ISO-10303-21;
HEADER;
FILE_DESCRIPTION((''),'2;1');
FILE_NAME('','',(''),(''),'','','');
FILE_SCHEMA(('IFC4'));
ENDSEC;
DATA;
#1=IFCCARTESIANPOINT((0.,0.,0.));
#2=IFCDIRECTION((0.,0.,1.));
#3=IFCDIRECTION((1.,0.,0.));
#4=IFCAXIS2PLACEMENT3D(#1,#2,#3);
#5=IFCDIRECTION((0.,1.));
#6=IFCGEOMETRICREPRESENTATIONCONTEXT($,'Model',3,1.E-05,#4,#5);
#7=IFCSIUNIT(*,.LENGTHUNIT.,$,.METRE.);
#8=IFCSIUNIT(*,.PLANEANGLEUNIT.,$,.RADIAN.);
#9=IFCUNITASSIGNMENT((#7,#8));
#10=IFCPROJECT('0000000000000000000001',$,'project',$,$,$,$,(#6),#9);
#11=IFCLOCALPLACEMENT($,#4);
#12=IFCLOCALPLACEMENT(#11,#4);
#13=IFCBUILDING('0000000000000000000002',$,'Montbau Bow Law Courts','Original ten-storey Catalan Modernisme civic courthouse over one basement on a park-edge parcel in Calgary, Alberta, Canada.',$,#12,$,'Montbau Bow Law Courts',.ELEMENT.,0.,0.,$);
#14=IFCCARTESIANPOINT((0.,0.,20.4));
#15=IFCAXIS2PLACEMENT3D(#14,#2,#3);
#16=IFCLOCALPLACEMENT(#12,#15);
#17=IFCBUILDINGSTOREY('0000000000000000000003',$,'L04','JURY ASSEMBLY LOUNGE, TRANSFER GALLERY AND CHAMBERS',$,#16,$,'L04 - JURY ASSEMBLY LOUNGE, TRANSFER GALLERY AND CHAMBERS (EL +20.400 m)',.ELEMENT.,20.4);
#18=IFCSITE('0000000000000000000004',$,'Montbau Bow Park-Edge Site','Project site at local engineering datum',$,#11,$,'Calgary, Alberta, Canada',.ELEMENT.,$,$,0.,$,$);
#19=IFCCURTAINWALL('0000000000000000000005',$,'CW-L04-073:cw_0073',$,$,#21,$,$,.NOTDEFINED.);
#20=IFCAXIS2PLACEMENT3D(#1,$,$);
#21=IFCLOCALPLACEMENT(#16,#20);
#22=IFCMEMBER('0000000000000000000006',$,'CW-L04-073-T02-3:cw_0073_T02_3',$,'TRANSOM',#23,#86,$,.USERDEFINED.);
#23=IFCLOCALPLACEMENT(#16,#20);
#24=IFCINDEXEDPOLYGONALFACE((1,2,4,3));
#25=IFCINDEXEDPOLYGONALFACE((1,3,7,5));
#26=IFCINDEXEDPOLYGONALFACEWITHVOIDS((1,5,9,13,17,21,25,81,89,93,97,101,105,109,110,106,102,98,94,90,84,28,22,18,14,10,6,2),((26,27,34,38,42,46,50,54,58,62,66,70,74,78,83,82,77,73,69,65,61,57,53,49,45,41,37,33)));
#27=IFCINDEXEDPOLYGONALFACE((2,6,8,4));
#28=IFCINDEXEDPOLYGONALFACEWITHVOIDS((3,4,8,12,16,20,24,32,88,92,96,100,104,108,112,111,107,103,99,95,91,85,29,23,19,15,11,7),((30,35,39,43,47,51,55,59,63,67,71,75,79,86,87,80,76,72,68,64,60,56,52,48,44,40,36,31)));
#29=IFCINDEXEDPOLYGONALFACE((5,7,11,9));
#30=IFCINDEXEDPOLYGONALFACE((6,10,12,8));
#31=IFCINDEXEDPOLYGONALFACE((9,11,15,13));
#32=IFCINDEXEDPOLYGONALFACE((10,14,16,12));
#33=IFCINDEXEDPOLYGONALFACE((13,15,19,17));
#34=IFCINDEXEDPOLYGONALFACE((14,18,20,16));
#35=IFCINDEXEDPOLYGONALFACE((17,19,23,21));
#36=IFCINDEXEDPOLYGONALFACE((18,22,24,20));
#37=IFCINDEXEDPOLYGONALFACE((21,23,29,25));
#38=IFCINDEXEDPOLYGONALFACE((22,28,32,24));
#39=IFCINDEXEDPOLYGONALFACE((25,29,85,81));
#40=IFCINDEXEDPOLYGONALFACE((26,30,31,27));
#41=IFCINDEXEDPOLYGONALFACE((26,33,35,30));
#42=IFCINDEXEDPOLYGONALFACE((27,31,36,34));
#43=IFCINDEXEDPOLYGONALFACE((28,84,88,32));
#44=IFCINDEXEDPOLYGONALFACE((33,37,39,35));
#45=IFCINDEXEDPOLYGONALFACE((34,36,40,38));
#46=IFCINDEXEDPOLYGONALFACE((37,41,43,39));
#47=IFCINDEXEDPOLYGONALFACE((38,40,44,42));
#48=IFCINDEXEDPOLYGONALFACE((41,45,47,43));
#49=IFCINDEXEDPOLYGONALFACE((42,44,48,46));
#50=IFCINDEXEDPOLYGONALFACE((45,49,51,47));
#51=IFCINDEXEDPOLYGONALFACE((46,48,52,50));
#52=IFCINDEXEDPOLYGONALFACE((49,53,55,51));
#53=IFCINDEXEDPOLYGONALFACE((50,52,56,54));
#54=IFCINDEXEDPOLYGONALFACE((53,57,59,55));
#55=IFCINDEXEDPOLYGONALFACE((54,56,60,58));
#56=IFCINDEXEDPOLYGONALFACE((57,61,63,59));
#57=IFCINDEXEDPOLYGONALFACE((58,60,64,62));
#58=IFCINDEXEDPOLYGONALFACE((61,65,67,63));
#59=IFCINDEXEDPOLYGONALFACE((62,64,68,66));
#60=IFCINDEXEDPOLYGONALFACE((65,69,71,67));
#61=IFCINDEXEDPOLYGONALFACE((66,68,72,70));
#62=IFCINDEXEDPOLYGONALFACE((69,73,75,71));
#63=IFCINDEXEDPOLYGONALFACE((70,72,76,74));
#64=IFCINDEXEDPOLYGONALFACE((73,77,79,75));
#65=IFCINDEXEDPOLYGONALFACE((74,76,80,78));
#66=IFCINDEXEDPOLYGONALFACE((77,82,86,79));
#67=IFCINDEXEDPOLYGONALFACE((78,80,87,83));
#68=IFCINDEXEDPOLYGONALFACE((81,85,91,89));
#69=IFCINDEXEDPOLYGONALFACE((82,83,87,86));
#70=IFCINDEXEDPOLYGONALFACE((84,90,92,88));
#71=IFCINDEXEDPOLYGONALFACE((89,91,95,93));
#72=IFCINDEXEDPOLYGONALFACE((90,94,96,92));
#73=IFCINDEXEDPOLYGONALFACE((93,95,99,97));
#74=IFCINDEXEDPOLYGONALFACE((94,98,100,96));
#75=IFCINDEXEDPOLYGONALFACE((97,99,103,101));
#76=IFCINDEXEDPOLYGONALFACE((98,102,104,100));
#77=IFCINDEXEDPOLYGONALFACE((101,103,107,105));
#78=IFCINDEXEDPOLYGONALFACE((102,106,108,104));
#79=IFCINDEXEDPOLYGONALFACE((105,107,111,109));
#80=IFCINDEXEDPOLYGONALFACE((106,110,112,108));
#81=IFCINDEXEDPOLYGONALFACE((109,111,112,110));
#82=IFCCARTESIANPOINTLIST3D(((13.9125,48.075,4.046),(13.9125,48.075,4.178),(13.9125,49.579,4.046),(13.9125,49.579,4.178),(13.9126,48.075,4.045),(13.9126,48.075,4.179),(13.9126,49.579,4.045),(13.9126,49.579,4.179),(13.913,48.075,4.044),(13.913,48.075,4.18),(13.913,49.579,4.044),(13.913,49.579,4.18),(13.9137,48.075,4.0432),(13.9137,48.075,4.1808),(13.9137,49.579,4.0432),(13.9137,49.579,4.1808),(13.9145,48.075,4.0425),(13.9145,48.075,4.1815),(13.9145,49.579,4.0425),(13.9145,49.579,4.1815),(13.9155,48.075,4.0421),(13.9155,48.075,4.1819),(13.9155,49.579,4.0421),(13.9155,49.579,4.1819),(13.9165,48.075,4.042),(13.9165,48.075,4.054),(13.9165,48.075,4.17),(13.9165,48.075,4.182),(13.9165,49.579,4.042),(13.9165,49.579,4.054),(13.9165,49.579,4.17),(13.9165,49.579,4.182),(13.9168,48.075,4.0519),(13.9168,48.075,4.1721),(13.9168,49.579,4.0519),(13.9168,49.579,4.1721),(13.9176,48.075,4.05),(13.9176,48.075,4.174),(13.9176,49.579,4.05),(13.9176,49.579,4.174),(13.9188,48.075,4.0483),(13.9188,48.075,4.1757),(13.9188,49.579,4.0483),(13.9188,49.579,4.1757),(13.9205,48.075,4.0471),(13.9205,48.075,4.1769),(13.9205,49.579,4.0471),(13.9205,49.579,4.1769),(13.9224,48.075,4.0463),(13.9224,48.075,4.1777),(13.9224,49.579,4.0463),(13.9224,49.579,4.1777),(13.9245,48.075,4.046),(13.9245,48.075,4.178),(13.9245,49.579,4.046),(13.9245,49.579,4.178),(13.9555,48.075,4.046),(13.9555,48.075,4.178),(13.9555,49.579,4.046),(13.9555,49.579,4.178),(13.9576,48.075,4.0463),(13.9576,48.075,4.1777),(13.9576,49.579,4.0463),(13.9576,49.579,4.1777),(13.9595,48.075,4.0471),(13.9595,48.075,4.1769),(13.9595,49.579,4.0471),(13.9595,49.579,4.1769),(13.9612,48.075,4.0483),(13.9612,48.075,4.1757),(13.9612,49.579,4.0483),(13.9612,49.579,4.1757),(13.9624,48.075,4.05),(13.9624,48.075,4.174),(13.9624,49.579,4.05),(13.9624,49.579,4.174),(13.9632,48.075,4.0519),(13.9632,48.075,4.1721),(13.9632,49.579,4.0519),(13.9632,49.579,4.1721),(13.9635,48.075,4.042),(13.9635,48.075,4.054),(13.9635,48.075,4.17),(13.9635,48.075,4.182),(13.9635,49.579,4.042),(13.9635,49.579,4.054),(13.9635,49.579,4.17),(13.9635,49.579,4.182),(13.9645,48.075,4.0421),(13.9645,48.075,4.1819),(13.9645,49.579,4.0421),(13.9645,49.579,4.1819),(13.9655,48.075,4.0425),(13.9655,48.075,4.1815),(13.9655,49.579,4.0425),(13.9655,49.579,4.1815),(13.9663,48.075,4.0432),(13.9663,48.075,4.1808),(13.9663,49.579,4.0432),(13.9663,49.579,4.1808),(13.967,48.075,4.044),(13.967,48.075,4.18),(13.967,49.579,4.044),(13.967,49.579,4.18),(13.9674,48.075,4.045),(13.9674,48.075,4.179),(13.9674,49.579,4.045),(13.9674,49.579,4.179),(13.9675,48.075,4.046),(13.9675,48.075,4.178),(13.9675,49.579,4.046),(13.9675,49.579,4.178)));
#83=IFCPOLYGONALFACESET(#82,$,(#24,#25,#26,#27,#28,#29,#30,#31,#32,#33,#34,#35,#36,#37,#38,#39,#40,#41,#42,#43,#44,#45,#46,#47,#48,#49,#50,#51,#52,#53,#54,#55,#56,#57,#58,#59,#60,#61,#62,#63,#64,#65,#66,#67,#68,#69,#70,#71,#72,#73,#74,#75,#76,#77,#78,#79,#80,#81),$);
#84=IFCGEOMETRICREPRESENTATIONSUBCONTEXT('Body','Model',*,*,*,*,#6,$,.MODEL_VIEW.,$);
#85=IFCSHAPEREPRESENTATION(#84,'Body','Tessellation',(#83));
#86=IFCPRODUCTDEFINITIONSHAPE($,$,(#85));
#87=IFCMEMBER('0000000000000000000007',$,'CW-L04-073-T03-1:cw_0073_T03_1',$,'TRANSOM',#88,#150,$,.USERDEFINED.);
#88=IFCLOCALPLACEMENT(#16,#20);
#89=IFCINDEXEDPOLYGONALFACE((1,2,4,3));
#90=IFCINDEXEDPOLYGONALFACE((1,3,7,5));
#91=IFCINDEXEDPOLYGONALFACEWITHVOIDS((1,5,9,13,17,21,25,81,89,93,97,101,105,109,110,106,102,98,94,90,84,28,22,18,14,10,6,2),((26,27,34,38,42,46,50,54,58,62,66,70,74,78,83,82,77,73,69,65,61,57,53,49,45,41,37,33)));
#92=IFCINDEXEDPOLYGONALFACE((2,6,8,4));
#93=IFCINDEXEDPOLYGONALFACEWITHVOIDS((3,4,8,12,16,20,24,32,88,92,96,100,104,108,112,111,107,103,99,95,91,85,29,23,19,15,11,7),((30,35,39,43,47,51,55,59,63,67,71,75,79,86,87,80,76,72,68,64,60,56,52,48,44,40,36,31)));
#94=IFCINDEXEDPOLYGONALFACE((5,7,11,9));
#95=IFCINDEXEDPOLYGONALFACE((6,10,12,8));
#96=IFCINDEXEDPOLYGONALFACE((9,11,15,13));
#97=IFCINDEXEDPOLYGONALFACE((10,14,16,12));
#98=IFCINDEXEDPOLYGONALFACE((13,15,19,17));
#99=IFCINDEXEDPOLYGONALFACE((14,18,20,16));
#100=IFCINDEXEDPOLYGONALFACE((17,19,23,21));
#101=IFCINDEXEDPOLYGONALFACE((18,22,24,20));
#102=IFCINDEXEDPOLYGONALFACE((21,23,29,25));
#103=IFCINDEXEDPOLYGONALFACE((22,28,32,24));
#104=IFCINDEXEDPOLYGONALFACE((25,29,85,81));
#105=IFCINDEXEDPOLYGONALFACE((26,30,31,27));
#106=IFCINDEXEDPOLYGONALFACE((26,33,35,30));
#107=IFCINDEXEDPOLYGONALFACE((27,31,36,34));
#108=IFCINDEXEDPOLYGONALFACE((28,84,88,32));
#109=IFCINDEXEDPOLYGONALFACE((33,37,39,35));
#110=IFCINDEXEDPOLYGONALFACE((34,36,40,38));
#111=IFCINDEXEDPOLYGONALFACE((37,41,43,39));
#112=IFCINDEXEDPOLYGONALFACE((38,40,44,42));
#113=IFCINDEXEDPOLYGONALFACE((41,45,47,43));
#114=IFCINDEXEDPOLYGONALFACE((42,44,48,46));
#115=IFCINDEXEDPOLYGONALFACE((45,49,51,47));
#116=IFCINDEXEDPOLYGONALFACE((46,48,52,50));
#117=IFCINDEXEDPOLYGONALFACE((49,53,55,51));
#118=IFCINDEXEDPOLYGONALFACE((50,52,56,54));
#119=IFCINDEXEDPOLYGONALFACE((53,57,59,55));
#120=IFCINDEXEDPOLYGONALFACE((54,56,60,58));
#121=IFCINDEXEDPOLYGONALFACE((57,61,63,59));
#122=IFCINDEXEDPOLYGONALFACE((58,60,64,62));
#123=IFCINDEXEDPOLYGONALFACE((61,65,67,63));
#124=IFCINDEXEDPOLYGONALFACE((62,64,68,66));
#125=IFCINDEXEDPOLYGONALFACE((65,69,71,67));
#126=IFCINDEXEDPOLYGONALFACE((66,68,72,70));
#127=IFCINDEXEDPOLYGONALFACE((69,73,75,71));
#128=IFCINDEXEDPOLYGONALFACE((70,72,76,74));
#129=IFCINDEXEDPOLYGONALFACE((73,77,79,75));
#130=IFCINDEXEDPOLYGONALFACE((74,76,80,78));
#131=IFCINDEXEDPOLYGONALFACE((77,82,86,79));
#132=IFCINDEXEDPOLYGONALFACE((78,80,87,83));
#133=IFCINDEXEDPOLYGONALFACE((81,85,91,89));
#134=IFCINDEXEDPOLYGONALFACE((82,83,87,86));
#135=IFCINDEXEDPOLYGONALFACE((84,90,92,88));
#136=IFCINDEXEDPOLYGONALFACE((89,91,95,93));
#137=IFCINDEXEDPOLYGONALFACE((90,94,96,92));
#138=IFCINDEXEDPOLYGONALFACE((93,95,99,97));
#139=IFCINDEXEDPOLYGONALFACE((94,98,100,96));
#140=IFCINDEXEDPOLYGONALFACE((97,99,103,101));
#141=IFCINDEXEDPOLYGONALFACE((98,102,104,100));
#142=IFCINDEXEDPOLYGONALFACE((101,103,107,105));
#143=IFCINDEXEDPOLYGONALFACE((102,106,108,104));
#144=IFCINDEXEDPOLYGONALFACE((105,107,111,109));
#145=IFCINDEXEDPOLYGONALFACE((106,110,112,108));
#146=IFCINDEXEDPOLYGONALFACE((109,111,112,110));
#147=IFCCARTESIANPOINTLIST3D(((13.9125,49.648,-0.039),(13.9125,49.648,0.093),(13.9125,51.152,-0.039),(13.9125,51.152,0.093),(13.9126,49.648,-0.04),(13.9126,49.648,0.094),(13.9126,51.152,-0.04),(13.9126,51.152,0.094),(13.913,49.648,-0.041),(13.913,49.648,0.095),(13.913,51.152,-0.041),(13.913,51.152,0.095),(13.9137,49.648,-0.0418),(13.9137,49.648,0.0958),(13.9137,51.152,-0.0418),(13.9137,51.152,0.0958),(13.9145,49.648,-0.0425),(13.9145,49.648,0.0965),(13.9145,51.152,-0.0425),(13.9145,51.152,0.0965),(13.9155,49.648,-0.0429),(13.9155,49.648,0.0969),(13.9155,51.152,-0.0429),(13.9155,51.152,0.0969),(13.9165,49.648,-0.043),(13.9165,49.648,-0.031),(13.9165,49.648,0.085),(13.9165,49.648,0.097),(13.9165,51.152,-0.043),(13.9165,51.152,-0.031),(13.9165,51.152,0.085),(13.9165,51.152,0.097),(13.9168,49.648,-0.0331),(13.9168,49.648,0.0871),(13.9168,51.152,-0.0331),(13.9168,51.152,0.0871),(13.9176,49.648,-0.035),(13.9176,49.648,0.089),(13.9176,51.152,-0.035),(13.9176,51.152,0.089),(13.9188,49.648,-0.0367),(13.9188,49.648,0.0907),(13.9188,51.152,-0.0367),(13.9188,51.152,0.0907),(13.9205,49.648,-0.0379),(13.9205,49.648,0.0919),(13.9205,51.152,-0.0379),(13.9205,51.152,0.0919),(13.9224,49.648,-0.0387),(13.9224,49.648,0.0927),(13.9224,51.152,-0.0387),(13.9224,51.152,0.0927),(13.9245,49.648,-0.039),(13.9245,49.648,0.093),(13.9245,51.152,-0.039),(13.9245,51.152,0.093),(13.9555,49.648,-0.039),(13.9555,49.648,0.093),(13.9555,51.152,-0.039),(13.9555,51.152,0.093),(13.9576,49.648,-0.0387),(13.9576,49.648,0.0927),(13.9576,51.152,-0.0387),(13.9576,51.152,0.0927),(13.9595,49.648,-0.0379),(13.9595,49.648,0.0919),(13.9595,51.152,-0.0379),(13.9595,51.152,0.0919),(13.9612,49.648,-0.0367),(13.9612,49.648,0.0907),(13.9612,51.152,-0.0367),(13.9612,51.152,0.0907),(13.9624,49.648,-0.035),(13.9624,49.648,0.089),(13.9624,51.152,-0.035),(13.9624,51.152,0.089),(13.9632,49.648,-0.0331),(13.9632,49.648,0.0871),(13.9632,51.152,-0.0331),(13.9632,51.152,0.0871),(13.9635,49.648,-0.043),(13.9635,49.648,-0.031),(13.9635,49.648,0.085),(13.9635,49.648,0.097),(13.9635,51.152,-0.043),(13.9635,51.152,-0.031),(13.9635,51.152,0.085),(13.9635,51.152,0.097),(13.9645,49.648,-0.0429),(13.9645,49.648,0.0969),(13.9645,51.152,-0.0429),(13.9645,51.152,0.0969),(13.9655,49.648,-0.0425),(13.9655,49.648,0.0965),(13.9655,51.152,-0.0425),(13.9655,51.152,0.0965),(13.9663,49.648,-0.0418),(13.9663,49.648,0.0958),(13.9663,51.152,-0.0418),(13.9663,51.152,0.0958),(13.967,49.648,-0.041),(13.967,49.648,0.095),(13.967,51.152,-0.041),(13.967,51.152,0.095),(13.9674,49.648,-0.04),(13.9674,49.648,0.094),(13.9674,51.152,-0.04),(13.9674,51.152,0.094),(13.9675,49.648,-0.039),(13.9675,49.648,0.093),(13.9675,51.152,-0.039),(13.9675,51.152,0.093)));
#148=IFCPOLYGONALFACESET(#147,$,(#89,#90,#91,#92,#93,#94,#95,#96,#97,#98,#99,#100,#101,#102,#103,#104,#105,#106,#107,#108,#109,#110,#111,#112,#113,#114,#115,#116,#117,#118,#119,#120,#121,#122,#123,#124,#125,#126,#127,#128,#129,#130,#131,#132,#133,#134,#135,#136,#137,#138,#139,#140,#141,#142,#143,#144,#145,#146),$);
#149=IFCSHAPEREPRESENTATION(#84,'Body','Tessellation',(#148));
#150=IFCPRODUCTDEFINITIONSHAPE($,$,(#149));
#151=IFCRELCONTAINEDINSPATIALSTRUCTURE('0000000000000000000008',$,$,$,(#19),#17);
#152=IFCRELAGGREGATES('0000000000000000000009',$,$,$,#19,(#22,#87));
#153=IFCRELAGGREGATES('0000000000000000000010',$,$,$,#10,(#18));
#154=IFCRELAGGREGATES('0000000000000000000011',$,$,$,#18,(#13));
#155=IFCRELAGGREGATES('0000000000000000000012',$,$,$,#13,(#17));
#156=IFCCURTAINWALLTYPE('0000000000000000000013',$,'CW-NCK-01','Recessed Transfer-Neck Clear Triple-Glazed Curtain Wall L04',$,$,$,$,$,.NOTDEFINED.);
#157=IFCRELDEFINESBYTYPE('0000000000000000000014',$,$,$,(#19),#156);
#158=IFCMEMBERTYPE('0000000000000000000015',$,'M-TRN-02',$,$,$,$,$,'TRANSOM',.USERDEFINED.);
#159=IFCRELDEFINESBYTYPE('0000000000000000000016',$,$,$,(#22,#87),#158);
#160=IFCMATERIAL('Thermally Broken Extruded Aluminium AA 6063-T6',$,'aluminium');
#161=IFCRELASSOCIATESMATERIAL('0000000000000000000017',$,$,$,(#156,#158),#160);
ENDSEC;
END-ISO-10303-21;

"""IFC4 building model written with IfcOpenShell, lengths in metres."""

from ifc_helpers import new_model, si_unit, direction, frame, origin_with_axes, origin_2d_with_axis, place, context, subcontext, project, spatial, hollow_rectangle, extrude, material, material_profile, profile_set, type_object, element, aggregate, save


model = new_model("IFC4")

# Units and contexts
model_context = context("Model", 3, precision=1e-05, world=origin_with_axes(), true_north=direction((0.0, 1.0)))
body_context = subcontext(model_context, "Body", "Model", "MODEL_VIEW")
ifc_project = project(units=[si_unit("LENGTHUNIT", "METRE"), si_unit("PLANEANGLEUNIT", "RADIAN")], contexts=[model_context])

# Site, building, storey
site_placement = place(None, origin_with_axes())
site = spatial("IfcSite", under=ifc_project, at=site_placement, Name="Montbau Bow Park-Edge Site", Description="Project site at local engineering datum", LongName="Calgary, Alberta, Canada", CompositionType="ELEMENT", RefElevation=0.0)
building_placement = place(site_placement, origin_with_axes())
building = spatial("IfcBuilding", under=site, at=building_placement, Name="Montbau Bow Law Courts", Description="Original ten-storey Catalan Modernisme civic courthouse over one basement on a park-edge parcel in Calgary, Alberta, Canada.", LongName="Montbau Bow Law Courts", CompositionType="ELEMENT", ElevationOfRefHeight=0.0, ElevationOfTerrain=0.0)
storey_placement = place(building_placement, frame((0.0, 0.0, 20.4), z_axis=(0.0, 0.0, 1.0), x_axis=(1.0, 0.0, 0.0)))
storey = spatial("IfcBuildingStorey", under=building, at=storey_placement, Name="L04", Description="JURY ASSEMBLY LOUNGE, TRANSFER GALLERY AND CHAMBERS", LongName="L04 - JURY ASSEMBLY LOUNGE, TRANSFER GALLERY AND CHAMBERS (EL +20.400 m)", CompositionType="ELEMENT", Elevation=20.4)

# Shared definitions
ifc_material_1 = material(Name="Thermally Broken Extruded Aluminium AA 6063-T6", Category="aluminium")
curtain_wall_type = type_object("IfcCurtainWallType", Name="CW-NCK-01", Description="Recessed Transfer-Neck Clear Triple-Glazed Curtain Wall L04", PredefinedType="NOTDEFINED", material=ifc_material_1)

# Curtain wall, members
curtain_wall_1_placement = place(None, frame((13.94, 46.468, 20.4), z_axis=(0.0, 0.0, 1.0), x_axis=(1.0, 0.0, 0.0)))
curtain_wall_1 = element("IfcCurtainWall", 1, at=curtain_wall_1_placement, inside=storey, type_object=curtain_wall_type, Name="CW-L04-073:cw_0073", PredefinedType="NOTDEFINED")
ifc_material_profile_1 = material_profile(ifc_material_1, hollow_rectangle(XDim=0.055, YDim=0.14, WallThickness=0.004, InnerFilletRadius=0.008, OuterFilletRadius=0.004, at=origin_2d_with_axis()), Name="CWT-140X55", Category="Main", Priority=0)
ifc_profile_set_1 = profile_set([ifc_material_profile_1], Name="Thermally Broken Extruded Aluminium AA 6063-T6")
member_type_1 = type_object("IfcMemberType", Name="M-TRN-02", ElementType="TRANSOM", PredefinedType="USERDEFINED", material=ifc_profile_set_1)
member_1_placement = place(None, frame((13.94, 48.075, 24.512), z_axis=(0.0, 1.0, 0.0), x_axis=(-1.0, 0.0, 0.0)))
member_1 = element("IfcMember", 2, at=member_1_placement, type_object=member_type_1, Name="CW-L04-073-T02-3:cw_0073_T02_3", ObjectType="TRANSOM", PredefinedType="USERDEFINED", context=body_context, shape_type="SweptSolid", body=[
    extrude(hollow_rectangle(XDim=0.055, YDim=0.14, WallThickness=0.004, InnerFilletRadius=0.008, OuterFilletRadius=0.004, at=origin_2d_with_axis()), origin_with_axes(), (0.0, 0.0, 1.0), 1.504),
])
member_2_placement = place(None, frame((13.94, 49.648, 20.427), z_axis=(0.0, 1.0, 0.0), x_axis=(-1.0, 0.0, 0.0)))
member_2 = element("IfcMember", 3, at=member_2_placement, type_object=member_type_1, Name="CW-L04-073-T03-1:cw_0073_T03_1", ObjectType="TRANSOM", PredefinedType="USERDEFINED", context=body_context, shape_type="SweptSolid", body=[
    extrude(hollow_rectangle(XDim=0.055, YDim=0.14, WallThickness=0.004, InnerFilletRadius=0.008, OuterFilletRadius=0.004, at=origin_2d_with_axis()), origin_with_axes(), (0.0, 0.0, 1.0), 1.504),
])
aggregate(curtain_wall_1, [member_1, member_2])

save(model, "model.ifc")
